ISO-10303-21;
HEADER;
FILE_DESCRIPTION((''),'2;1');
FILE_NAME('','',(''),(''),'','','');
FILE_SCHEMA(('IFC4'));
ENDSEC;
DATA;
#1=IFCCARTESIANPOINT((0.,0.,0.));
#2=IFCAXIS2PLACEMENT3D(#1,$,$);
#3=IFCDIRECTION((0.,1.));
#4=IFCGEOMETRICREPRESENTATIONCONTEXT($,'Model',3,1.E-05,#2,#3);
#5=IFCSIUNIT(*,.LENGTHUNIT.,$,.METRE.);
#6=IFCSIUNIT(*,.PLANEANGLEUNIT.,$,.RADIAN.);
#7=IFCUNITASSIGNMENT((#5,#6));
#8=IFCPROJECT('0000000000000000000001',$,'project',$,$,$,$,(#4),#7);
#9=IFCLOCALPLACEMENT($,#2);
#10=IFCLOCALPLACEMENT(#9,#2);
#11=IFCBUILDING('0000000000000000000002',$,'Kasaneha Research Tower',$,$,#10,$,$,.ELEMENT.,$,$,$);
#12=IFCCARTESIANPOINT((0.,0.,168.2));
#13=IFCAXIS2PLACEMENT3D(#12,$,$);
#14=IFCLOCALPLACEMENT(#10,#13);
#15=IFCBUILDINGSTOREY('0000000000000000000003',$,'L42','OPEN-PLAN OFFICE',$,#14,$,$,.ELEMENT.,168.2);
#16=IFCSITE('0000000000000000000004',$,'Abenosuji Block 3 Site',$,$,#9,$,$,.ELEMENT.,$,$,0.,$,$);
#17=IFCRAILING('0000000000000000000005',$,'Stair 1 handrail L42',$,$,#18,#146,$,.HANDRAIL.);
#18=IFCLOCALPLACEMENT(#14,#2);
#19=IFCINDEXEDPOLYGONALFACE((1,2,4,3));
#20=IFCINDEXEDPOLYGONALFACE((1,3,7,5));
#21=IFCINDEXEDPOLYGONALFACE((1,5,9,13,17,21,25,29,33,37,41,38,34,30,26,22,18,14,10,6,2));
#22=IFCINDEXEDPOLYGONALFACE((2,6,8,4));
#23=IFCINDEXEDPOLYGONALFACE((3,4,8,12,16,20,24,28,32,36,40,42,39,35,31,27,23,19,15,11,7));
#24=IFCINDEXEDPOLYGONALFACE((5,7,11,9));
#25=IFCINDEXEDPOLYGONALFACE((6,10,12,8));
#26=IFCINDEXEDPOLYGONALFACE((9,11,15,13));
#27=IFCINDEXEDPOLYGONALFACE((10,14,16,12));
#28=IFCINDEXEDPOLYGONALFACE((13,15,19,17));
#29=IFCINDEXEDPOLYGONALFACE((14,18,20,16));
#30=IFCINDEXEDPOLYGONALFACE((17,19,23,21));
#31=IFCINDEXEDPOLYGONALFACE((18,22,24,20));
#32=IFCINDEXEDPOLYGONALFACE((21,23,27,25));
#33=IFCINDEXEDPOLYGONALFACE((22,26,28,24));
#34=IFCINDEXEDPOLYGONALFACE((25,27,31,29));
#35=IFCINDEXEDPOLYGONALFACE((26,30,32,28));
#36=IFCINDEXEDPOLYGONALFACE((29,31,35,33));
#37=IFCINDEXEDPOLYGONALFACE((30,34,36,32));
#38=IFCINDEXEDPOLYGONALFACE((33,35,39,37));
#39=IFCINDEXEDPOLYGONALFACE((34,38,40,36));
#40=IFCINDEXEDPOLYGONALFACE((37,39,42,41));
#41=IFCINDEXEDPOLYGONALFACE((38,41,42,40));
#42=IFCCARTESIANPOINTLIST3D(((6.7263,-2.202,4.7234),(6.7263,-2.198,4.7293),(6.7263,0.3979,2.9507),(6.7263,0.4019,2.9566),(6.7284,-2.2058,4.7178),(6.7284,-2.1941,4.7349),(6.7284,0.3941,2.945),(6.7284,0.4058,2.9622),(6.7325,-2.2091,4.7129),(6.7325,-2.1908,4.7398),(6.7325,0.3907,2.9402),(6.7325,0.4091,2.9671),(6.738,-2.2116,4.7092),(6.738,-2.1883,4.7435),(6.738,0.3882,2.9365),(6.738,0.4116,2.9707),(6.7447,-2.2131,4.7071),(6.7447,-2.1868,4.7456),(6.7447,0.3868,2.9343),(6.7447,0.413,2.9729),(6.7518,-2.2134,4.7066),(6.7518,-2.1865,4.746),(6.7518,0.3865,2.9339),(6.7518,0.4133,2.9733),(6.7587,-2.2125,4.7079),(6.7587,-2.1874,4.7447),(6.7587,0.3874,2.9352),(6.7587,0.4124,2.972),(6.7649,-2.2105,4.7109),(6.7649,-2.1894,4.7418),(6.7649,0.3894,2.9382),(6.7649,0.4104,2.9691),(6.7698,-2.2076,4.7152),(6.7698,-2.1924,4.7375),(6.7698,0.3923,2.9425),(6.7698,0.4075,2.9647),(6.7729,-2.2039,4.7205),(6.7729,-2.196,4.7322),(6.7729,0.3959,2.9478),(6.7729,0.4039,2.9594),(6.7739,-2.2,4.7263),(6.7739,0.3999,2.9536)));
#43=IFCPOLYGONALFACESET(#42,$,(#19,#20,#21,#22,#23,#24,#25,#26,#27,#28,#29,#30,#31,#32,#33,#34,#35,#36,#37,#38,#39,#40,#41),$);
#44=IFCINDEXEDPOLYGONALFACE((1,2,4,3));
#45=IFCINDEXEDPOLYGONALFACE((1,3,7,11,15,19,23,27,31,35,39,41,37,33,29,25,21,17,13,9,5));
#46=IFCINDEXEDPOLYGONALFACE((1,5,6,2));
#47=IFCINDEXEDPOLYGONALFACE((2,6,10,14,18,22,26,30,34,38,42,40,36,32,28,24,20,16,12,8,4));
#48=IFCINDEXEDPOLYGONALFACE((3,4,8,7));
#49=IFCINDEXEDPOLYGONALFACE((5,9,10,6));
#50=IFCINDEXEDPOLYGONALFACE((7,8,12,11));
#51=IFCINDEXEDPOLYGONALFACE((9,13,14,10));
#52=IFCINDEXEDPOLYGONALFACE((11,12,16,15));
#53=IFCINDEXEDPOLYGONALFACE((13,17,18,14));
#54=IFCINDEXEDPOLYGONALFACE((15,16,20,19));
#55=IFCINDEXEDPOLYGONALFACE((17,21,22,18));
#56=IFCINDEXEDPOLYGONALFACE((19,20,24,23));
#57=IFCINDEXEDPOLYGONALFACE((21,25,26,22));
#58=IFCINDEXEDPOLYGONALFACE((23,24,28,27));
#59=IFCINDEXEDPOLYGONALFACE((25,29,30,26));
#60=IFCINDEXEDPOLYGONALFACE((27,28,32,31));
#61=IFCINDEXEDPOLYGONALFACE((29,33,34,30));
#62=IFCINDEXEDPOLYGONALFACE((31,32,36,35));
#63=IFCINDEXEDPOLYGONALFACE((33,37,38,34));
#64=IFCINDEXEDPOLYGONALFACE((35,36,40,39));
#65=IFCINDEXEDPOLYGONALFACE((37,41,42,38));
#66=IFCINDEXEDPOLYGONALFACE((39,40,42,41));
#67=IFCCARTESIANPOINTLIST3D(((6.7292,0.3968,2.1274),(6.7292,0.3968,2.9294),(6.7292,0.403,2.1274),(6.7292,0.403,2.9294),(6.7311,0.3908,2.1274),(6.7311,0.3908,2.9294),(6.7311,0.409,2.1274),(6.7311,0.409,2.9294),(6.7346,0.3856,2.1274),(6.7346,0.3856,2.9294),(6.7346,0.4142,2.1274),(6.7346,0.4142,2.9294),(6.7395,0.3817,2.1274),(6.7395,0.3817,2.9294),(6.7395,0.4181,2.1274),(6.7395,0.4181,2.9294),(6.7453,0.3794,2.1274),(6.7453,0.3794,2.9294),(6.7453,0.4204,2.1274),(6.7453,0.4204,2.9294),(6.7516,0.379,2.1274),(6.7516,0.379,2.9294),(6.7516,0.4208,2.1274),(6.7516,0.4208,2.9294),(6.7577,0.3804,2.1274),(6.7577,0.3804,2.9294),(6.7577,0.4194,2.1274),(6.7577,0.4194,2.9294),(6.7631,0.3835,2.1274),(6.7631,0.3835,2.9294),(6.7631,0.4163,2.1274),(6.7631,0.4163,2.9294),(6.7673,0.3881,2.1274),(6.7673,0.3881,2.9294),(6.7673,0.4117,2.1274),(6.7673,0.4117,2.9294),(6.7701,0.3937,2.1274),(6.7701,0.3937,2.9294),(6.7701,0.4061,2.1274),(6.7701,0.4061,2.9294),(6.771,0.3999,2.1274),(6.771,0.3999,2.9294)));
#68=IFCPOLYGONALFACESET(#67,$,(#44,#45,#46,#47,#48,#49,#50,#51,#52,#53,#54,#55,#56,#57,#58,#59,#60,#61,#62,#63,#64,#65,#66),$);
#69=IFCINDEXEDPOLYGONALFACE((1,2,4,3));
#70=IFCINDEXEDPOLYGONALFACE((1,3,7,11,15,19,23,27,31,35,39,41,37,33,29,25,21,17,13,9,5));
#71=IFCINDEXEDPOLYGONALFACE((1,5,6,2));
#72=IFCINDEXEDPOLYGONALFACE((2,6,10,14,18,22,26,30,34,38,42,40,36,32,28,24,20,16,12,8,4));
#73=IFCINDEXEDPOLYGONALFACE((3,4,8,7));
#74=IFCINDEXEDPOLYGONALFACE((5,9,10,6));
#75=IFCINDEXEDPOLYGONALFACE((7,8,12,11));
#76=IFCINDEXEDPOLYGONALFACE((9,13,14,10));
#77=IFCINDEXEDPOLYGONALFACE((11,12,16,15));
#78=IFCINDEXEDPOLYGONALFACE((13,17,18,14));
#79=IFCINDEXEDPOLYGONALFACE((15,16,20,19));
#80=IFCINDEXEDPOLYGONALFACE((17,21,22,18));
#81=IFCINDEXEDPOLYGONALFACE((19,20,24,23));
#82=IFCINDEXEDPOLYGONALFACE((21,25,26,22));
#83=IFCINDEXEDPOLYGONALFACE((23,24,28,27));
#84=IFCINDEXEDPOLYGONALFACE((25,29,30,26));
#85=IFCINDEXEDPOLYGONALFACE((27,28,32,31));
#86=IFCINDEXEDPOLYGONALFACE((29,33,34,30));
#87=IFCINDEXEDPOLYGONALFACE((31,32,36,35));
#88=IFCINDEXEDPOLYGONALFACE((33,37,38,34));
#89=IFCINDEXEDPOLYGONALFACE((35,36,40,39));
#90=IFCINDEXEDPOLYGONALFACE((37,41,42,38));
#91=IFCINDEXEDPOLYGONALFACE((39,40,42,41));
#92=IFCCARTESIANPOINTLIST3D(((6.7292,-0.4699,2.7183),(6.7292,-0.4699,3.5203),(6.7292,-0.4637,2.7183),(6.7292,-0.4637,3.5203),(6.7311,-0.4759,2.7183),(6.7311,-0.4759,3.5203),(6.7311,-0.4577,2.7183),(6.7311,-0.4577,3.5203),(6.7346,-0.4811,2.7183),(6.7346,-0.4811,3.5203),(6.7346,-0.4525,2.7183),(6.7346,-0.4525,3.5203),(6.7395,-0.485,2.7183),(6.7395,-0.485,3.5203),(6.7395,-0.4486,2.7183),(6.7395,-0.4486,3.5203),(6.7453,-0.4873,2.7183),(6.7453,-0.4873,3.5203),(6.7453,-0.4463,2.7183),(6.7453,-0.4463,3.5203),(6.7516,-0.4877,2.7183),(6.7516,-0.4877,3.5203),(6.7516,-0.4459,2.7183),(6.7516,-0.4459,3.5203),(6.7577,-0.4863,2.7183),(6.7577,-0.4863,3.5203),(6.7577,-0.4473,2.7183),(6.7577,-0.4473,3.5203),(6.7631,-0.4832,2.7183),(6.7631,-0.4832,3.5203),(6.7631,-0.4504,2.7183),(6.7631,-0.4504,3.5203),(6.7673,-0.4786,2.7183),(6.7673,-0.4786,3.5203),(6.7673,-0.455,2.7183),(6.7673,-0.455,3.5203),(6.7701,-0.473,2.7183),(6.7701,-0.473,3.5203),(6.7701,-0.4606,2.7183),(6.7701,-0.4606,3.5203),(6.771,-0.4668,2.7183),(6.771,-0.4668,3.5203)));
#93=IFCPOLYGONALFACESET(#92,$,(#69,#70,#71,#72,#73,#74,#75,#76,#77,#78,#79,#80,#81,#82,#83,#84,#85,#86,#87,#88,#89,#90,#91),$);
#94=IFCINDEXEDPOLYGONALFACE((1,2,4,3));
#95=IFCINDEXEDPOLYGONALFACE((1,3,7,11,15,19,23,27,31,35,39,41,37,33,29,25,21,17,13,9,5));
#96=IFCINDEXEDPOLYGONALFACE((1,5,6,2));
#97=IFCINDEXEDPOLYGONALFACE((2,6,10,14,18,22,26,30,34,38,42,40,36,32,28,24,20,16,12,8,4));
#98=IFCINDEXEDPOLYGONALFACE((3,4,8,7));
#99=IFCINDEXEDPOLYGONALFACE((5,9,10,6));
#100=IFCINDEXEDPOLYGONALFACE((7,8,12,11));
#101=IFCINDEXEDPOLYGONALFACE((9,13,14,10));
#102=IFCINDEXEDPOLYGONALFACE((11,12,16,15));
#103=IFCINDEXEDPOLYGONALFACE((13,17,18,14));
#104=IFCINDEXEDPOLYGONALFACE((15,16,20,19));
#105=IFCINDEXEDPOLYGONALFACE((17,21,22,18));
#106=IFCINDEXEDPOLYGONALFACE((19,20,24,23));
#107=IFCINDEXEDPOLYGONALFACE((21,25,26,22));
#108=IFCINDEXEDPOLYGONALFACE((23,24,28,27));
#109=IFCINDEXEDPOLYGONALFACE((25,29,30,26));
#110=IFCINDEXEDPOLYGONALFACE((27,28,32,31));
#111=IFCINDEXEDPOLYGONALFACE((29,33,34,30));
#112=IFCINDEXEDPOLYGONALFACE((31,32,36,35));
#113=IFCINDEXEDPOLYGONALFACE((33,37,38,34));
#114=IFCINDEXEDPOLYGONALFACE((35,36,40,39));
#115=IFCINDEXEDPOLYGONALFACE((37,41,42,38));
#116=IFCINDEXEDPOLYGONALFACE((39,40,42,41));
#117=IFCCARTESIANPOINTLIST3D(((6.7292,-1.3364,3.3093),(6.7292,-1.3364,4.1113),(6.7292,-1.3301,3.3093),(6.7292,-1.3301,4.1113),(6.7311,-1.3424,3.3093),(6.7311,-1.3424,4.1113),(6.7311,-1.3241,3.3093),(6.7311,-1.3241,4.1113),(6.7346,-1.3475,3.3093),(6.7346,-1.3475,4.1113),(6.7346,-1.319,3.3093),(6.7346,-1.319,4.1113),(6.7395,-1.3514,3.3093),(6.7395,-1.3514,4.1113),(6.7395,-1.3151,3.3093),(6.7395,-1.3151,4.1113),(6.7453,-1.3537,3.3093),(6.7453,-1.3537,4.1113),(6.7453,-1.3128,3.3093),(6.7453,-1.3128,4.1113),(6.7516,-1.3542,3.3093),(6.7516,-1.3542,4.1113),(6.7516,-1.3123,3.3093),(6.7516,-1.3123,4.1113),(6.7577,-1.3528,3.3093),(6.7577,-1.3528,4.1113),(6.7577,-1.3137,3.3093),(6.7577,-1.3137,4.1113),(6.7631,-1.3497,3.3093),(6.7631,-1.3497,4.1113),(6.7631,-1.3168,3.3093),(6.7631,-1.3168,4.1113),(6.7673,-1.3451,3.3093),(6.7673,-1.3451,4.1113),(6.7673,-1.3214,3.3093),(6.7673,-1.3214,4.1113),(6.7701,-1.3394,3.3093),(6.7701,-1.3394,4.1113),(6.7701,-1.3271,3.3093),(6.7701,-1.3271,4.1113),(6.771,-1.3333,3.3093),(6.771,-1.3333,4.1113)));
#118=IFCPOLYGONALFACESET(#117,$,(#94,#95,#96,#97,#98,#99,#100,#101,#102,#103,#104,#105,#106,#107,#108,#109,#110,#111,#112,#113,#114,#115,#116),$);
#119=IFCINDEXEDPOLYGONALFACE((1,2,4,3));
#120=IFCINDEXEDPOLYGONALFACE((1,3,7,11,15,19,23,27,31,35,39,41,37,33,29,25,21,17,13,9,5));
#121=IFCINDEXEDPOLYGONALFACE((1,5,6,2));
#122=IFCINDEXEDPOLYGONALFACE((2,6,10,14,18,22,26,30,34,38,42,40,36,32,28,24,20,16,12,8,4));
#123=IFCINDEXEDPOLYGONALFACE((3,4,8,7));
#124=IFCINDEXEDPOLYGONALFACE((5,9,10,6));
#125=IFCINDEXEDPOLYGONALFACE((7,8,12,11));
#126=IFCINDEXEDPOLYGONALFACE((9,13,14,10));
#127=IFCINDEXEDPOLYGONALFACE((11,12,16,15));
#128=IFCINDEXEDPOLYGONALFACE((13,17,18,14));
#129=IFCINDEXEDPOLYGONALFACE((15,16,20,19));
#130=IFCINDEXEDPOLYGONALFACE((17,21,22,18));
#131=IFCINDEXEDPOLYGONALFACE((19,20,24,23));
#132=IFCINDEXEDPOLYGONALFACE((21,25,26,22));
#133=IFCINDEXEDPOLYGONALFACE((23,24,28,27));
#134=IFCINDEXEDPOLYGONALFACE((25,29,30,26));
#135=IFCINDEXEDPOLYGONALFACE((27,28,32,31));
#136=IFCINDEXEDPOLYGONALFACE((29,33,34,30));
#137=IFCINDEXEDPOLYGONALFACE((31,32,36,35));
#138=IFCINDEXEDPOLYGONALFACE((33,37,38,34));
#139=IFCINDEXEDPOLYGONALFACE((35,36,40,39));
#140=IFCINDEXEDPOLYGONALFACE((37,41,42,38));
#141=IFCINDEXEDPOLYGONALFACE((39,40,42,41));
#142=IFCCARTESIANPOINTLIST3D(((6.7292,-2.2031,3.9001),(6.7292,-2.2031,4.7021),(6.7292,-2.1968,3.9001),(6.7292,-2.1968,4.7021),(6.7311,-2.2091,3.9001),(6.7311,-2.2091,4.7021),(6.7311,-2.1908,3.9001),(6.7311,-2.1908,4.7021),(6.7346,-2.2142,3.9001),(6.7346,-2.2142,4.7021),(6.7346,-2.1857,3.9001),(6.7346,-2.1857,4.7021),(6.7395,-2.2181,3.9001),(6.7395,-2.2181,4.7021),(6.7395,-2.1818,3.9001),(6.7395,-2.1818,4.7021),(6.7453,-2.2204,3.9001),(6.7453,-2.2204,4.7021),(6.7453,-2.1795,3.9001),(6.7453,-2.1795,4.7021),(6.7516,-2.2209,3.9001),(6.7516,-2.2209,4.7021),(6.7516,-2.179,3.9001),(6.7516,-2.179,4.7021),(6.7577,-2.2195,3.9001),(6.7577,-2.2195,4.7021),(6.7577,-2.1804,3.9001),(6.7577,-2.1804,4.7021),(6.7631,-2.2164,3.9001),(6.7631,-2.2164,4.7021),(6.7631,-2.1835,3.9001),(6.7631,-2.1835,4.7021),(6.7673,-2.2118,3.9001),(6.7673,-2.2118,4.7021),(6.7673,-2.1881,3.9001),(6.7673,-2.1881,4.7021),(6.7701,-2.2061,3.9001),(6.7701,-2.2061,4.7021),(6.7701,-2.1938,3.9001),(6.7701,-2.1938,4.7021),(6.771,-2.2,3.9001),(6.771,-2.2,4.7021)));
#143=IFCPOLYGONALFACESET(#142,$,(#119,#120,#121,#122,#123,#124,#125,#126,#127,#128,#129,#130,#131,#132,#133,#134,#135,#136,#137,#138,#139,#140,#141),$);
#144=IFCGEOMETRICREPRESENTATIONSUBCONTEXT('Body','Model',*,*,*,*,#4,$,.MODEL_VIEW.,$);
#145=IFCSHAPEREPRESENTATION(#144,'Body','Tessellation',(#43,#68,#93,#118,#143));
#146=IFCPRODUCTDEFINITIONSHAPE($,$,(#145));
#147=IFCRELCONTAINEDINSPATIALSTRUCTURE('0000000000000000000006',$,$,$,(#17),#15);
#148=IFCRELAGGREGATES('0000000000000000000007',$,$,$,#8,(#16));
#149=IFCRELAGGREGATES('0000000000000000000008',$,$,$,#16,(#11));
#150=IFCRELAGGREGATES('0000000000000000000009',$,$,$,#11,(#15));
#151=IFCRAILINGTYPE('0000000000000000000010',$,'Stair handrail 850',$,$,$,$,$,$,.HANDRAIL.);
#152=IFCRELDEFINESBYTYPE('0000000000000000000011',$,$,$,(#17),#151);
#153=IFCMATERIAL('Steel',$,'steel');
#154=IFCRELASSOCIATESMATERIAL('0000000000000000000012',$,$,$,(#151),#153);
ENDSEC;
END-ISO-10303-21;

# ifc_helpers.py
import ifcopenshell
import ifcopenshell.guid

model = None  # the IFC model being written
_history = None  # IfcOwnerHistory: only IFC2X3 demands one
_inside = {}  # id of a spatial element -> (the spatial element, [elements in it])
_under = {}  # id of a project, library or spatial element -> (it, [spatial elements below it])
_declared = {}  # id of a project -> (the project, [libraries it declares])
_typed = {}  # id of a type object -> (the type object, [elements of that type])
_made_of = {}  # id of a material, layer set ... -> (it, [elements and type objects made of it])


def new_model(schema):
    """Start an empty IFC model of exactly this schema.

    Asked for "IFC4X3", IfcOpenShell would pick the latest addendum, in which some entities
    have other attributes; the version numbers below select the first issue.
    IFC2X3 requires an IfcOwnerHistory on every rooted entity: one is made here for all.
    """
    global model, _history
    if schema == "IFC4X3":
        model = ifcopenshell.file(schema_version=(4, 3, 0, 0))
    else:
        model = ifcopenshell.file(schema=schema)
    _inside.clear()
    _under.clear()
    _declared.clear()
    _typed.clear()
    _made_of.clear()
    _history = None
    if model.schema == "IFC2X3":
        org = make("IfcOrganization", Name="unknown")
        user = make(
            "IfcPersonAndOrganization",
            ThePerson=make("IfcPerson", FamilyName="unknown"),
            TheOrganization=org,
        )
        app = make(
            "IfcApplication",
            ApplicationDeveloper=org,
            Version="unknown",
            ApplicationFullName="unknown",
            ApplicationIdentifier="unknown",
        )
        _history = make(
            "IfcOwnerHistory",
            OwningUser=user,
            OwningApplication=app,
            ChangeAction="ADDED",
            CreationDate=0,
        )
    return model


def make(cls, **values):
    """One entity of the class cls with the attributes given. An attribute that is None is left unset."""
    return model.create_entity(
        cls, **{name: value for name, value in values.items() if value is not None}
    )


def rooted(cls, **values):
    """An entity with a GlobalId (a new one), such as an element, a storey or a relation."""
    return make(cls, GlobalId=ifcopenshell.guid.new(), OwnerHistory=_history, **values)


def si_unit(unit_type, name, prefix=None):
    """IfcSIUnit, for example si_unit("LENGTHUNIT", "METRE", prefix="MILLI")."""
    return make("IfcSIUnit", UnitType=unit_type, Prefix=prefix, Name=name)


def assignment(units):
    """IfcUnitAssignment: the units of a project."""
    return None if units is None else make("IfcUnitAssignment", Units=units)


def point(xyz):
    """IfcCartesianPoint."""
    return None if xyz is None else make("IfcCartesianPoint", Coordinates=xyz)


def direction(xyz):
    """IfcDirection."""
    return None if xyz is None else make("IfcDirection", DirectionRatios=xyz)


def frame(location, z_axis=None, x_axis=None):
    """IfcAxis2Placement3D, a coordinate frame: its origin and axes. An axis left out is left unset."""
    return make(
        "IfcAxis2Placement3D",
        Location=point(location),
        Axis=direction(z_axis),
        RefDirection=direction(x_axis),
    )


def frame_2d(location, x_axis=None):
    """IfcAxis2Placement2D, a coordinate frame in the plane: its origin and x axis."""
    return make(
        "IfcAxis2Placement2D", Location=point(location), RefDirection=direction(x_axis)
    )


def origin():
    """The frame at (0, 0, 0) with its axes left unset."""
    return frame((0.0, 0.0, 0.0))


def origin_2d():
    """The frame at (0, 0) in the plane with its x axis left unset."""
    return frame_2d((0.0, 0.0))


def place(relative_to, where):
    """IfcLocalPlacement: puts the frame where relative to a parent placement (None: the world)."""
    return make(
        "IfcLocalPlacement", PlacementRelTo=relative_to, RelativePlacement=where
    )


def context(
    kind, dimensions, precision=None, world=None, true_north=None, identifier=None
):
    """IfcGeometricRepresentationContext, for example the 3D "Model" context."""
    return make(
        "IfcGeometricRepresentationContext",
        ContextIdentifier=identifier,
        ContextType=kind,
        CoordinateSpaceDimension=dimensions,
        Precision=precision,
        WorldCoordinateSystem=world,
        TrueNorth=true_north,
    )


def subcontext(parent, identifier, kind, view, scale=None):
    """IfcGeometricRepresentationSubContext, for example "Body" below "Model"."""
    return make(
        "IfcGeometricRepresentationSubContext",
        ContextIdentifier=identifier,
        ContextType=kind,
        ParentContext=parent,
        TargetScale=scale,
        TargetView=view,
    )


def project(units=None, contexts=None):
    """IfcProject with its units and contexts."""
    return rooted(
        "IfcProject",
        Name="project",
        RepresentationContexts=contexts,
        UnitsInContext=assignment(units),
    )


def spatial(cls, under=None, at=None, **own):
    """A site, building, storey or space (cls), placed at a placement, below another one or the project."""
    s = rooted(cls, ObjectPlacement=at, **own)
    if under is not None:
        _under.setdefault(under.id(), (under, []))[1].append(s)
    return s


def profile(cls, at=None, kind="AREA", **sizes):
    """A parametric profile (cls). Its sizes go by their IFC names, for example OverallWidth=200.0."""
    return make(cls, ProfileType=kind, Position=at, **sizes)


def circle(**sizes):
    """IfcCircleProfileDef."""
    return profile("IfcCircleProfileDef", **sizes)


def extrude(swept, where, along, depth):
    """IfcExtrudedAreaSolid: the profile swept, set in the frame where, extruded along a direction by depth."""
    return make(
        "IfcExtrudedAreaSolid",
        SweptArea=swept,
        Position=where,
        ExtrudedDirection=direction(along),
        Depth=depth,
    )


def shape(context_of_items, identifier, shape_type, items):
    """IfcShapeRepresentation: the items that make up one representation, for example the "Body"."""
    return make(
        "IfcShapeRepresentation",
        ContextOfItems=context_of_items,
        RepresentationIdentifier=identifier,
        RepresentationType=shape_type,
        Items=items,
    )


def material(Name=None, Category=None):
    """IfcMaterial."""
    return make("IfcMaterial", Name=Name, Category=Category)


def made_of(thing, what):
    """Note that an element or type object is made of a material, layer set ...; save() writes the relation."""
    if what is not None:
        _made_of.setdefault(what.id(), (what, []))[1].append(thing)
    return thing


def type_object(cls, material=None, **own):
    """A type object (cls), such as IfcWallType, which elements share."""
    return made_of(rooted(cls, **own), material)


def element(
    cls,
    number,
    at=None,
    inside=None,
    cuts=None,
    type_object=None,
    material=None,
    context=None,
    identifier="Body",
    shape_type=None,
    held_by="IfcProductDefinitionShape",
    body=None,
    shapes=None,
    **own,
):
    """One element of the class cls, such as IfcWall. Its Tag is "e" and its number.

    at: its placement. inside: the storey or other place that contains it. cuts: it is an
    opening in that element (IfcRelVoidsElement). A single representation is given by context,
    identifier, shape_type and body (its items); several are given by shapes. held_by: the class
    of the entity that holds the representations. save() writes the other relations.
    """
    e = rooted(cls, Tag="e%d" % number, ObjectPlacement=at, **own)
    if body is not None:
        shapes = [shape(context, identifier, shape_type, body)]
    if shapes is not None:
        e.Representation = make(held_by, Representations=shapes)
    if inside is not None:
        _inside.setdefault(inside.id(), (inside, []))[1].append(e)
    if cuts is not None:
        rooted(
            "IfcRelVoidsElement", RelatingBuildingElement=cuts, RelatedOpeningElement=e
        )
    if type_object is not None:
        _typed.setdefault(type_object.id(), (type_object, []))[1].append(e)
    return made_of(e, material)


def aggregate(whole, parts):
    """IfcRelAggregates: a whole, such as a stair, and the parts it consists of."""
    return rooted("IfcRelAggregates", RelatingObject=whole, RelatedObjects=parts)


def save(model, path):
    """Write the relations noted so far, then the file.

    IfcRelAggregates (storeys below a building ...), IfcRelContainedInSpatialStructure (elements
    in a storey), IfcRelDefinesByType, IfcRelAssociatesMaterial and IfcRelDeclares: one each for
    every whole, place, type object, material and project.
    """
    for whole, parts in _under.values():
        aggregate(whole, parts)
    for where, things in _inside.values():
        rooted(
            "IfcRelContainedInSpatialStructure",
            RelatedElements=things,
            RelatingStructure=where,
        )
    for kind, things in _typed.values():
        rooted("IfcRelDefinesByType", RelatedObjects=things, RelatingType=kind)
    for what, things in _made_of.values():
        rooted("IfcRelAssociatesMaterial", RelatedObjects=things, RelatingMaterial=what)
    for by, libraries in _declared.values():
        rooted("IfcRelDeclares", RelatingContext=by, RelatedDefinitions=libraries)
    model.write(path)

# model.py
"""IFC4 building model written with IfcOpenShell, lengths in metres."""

from ifc_helpers import new_model, si_unit, direction, frame, origin, origin_2d, place, context, subcontext, project, spatial, circle, extrude, material, type_object, element, save


model = new_model("IFC4")

# Units and contexts
model_context = context("Model", 3, precision=1e-05, world=origin(), true_north=direction((0.0, 1.0)))
body_context = subcontext(model_context, "Body", "Model", "MODEL_VIEW")
ifc_project = project(units=[si_unit("LENGTHUNIT", "METRE"), si_unit("PLANEANGLEUNIT", "RADIAN")], contexts=[model_context])

# Site, building, storey
site_placement = place(None, origin())
site = spatial("IfcSite", under=ifc_project, at=site_placement, Name="Abenosuji Block 3 Site", CompositionType="ELEMENT", RefElevation=0.0)
building_placement = place(site_placement, origin())
building = spatial("IfcBuilding", under=site, at=building_placement, Name="Kasaneha Research Tower", CompositionType="ELEMENT")
storey_placement = place(building_placement, frame((0.0, 0.0, 168.2)))
storey = spatial("IfcBuildingStorey", under=building, at=storey_placement, Name="L42", Description="OPEN-PLAN OFFICE", CompositionType="ELEMENT", Elevation=168.2)

# Railing
ifc_material_1 = material(Name="Steel", Category="steel")
railing_type_1 = type_object("IfcRailingType", Name="Stair handrail 850", PredefinedType="HANDRAIL", material=ifc_material_1)
railing_1_placement = place(storey_placement, frame((6.75, 0.3999, 2.1274)))
element("IfcRailing", 1, at=railing_1_placement, inside=storey, type_object=railing_type_1, Name="Stair 1 handrail L42", PredefinedType="HANDRAIL", context=body_context, shape_type="SweptSolid", body=[
    extrude(circle(Radius=0.0239, at=origin_2d()), frame((0.0, 0.0, 0.8262), z_axis=(0.0, -0.826216, 0.563354), x_axis=(1.0, 0.0, 0.0)), (0.0, 0.0, 1.0), 3.1467),
    extrude(circle(Radius=0.021, at=origin_2d()), origin(), (0.0, 0.0, 1.0), 0.802),
    extrude(circle(Radius=0.021, at=origin_2d()), frame((0.0, -0.8667, 0.5908)), (0.0, 0.0, 1.0), 0.802),
    extrude(circle(Radius=0.021, at=origin_2d()), frame((0.0, -1.7332, 1.1819)), (0.0, 0.0, 1.0), 0.802),
    extrude(circle(Radius=0.021, at=origin_2d()), frame((0.0, -2.5999, 1.7727)), (0.0, 0.0, 1.0), 0.802),
])

save(model, "model.ifc")
